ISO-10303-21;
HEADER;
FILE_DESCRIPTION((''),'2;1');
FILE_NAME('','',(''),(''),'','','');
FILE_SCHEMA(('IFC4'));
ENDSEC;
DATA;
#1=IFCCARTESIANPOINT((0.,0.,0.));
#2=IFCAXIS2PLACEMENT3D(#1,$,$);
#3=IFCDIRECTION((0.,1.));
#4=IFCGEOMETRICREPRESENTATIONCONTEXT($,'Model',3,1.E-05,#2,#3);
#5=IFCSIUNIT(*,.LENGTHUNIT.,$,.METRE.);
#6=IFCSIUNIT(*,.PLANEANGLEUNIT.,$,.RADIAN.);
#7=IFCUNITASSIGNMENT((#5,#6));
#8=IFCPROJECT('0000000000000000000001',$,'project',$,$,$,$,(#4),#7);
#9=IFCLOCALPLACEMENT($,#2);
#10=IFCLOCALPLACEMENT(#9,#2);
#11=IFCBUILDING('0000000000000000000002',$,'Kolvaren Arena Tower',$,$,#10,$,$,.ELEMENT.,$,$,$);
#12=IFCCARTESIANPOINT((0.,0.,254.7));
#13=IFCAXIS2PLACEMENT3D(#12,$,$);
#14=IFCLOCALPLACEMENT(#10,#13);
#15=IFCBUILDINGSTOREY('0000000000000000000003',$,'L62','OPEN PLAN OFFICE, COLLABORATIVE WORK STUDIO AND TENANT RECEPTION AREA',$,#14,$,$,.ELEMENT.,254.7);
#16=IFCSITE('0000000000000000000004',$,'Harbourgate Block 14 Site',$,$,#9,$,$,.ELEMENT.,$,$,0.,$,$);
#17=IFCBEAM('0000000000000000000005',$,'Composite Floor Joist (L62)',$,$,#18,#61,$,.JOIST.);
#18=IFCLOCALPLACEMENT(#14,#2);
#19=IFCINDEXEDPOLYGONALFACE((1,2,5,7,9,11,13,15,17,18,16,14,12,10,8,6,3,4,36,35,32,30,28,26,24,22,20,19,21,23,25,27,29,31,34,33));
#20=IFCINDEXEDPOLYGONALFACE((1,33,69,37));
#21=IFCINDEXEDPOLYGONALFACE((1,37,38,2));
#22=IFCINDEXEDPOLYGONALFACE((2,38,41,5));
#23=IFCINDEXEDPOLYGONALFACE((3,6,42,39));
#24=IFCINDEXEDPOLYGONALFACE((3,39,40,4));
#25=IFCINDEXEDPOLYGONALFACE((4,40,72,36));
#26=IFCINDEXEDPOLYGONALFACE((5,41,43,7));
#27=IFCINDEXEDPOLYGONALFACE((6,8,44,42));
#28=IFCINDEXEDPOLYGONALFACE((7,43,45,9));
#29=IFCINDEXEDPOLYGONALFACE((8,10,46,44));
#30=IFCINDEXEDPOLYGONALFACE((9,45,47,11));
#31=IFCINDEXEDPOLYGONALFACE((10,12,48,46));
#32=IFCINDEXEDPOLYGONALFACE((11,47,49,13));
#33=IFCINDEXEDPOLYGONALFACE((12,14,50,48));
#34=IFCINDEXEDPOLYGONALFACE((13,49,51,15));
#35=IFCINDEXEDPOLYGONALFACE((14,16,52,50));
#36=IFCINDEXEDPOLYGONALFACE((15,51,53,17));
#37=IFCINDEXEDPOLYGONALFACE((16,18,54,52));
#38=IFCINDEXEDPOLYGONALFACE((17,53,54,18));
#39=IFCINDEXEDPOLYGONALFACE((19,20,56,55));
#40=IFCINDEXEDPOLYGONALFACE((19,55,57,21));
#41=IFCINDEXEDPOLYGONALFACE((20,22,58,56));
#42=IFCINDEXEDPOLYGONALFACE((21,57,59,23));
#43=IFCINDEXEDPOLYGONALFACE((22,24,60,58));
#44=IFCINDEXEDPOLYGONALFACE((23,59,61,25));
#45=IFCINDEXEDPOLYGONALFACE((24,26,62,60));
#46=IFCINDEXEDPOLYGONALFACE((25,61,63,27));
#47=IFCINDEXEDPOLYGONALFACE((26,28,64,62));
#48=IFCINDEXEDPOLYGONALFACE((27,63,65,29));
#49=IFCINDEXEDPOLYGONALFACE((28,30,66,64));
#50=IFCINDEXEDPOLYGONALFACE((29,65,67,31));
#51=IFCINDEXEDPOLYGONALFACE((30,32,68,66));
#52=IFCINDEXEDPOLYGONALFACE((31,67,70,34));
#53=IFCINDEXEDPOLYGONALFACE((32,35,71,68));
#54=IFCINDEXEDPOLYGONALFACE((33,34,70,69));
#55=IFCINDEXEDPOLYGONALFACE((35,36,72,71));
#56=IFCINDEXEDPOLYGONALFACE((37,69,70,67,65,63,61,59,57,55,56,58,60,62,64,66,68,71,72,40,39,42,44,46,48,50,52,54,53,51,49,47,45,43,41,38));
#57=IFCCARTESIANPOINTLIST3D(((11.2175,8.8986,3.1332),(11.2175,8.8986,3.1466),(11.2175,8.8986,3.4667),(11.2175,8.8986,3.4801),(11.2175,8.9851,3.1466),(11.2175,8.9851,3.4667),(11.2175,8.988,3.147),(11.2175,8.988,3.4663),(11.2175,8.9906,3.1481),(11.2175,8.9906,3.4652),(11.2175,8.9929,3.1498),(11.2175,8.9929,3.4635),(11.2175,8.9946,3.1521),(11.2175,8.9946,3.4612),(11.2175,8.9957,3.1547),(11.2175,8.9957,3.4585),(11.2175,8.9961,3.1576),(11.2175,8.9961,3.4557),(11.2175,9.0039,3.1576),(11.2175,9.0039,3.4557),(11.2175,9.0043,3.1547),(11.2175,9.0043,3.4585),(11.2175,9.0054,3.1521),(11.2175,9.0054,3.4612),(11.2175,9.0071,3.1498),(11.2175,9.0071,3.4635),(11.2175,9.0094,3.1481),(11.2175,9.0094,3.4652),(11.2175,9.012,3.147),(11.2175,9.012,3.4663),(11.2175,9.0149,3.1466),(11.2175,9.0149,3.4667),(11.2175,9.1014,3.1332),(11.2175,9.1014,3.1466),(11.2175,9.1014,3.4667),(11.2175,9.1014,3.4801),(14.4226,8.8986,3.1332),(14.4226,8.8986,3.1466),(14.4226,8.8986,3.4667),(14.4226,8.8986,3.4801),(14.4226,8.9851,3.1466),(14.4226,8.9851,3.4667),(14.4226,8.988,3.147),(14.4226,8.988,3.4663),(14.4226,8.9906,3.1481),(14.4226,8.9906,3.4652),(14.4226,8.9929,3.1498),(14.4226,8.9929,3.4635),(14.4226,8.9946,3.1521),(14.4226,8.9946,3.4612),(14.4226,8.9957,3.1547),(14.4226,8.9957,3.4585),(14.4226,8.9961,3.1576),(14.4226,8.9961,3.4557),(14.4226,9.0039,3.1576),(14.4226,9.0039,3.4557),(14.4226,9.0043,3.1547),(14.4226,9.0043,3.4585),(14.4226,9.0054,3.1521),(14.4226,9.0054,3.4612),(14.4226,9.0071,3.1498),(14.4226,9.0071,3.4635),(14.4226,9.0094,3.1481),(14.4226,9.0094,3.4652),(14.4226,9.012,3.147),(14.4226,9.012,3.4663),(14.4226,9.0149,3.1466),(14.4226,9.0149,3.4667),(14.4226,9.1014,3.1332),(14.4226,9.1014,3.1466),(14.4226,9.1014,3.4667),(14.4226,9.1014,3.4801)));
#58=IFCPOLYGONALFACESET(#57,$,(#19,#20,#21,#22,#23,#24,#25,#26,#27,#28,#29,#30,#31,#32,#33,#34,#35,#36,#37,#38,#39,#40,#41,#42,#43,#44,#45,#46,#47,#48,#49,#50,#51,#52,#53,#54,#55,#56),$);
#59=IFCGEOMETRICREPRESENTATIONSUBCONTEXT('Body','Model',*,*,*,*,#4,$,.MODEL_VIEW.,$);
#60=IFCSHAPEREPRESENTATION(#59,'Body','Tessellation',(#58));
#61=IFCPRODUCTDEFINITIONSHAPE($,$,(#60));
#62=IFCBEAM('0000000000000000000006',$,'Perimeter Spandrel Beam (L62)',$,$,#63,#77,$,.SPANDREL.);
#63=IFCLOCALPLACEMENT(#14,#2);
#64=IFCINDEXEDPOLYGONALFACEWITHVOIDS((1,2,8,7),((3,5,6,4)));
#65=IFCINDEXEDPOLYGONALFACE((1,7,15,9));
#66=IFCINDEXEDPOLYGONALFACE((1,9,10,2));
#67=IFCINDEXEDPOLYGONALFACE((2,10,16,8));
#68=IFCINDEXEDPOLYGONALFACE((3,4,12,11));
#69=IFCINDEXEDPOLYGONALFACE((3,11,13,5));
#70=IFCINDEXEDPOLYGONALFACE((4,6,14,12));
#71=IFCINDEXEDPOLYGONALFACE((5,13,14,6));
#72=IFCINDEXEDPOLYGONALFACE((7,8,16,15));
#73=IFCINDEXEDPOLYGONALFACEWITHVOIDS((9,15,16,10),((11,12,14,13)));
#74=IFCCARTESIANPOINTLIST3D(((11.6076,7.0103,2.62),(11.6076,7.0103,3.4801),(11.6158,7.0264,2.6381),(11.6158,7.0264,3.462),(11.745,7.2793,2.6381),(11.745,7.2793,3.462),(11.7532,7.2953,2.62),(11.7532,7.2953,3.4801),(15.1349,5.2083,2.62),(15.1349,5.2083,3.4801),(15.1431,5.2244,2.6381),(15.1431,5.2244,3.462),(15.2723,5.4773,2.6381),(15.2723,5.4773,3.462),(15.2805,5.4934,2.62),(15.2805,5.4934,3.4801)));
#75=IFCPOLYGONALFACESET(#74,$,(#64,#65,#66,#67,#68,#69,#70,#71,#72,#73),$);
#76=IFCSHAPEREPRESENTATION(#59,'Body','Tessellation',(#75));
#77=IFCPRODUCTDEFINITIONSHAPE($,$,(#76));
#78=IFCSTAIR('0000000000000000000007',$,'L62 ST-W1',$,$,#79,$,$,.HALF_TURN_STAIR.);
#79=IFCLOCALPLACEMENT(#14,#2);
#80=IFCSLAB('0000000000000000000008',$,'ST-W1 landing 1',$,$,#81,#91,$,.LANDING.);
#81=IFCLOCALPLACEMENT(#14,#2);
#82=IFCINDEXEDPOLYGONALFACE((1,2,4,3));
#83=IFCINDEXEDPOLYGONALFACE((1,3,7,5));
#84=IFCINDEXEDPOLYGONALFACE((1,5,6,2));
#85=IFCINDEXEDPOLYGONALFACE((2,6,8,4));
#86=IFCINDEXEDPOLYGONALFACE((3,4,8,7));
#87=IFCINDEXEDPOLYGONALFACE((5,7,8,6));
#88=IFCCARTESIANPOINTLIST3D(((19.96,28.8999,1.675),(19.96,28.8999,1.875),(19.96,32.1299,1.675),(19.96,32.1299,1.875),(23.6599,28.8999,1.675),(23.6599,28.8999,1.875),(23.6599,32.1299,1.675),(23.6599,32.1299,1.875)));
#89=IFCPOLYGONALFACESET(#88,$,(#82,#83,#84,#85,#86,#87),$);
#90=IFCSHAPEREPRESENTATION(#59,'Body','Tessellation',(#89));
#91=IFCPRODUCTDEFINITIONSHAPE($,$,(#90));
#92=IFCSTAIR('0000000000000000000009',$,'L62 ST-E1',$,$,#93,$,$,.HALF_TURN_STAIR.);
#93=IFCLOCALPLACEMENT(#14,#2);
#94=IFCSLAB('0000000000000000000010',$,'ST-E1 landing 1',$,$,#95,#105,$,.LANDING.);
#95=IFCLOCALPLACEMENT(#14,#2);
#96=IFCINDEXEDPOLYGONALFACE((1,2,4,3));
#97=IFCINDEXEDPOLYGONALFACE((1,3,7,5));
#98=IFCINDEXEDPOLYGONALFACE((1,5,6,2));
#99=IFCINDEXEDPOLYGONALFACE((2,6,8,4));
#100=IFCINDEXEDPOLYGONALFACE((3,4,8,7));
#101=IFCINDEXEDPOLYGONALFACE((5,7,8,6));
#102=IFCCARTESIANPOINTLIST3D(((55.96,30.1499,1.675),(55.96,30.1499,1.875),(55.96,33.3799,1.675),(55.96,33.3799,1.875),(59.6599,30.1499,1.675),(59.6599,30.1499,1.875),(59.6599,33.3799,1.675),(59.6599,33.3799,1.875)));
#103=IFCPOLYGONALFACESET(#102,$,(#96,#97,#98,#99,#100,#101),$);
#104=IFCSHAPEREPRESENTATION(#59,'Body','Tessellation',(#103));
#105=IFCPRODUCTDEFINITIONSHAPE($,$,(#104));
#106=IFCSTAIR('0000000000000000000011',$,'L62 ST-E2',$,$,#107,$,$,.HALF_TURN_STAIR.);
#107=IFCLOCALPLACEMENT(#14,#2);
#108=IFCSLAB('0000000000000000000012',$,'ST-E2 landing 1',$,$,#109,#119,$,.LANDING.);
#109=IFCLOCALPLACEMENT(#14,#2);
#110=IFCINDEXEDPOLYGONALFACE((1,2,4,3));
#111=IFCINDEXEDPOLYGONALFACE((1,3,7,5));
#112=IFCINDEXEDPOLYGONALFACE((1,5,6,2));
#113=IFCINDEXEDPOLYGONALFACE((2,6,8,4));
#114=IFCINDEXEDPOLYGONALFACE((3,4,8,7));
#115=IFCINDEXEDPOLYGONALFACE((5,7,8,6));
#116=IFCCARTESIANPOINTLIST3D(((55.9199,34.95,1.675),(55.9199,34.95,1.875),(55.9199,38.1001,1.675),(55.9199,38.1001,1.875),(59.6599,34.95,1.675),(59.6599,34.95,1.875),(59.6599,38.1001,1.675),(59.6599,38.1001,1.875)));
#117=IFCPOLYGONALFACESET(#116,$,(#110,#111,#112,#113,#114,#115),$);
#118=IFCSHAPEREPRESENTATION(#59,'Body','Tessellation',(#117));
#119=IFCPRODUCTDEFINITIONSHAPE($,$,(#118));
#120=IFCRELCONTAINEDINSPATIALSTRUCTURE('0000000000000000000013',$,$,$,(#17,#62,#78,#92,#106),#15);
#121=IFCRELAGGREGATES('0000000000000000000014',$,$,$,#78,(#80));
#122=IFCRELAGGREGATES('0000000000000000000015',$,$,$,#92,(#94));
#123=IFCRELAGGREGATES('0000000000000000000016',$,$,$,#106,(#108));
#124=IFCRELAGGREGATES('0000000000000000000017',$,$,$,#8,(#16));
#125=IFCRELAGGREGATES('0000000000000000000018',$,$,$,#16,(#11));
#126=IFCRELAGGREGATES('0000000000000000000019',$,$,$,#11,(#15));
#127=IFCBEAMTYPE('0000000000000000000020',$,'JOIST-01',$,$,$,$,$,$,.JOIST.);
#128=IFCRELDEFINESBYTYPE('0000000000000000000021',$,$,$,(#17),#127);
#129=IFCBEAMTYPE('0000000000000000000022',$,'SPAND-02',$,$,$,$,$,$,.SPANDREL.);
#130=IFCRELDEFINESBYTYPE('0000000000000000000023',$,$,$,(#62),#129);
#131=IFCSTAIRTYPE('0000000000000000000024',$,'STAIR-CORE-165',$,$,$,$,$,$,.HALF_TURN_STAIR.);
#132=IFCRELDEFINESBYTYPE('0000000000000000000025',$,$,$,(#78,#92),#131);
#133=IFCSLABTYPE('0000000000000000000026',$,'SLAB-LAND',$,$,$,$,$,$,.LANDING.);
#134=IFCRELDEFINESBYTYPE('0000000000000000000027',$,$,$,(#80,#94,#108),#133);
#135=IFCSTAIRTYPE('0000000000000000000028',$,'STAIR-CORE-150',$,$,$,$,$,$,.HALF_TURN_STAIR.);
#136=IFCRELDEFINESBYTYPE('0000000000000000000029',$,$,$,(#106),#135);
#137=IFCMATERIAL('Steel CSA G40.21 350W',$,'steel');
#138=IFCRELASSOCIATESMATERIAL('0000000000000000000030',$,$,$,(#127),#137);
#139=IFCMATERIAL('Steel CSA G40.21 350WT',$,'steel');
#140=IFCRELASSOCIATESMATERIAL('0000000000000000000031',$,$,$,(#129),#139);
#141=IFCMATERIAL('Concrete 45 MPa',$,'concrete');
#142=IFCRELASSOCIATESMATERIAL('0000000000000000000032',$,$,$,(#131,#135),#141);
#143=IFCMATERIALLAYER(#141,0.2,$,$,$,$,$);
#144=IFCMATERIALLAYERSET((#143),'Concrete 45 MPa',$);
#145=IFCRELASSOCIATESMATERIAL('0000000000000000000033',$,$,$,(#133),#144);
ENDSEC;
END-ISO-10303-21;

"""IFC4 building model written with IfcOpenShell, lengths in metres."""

from ifc_helpers import new_model, si_unit, direction, frame, origin, origin_2d, place, context, subcontext, project, spatial, polyline, hollow_rectangle, i_section, outline, extrude, material, layer, layer_set, material_profile, profile_set, type_object, element, aggregate, save


model = new_model("IFC4")

# Units and contexts
model_context = context("Model", 3, precision=1e-05, world=origin(), true_north=direction((0.0, 1.0)))
body_context = subcontext(model_context, "Body", "Model", "MODEL_VIEW")
ifc_project = project(units=[si_unit("LENGTHUNIT", "METRE"), si_unit("PLANEANGLEUNIT", "RADIAN")], contexts=[model_context])

# Site, building, storey
site_placement = place(None, origin())
site = spatial("IfcSite", under=ifc_project, at=site_placement, Name="Harbourgate Block 14 Site", CompositionType="ELEMENT", RefElevation=0.0)
building_placement = place(site_placement, origin())
building = spatial("IfcBuilding", under=site, at=building_placement, Name="Kolvaren Arena Tower", CompositionType="ELEMENT")
storey_placement = place(building_placement, frame((0.0, 0.0, 254.7)))
storey = spatial("IfcBuildingStorey", under=building, at=storey_placement, Name="L62", Description="OPEN PLAN OFFICE, COLLABORATIVE WORK STUDIO AND TENANT RECEPTION AREA", CompositionType="ELEMENT", Elevation=254.7)

# Beams
ifc_material_1 = material(Name="Steel CSA G40.21 350W", Category="steel")
ifc_material_profile_1 = material_profile(ifc_material_1, i_section(OverallWidth=0.2029, OverallDepth=0.3469, WebThickness=0.0078, FlangeThickness=0.0134, FilletRadius=0.011, at=origin_2d()), Name="W360x64")
ifc_profile_set_1 = profile_set([ifc_material_profile_1], Name="Steel CSA G40.21 350W")
beam_type_1 = type_object("IfcBeamType", Name="JOIST-01", PredefinedType="JOIST", material=ifc_profile_set_1)
beam_1_placement = place(storey_placement, frame((11.2175, 9.0, 3.3066), z_axis=(1.0, 0.0, 0.0), x_axis=(0.0, 1.0, 0.0)))
element("IfcBeam", 1, at=beam_1_placement, inside=storey, type_object=beam_type_1, Name="Composite Floor Joist (L62)", PredefinedType="JOIST", context=body_context, shape_type="SweptSolid", body=[
    extrude(i_section(OverallWidth=0.2029, OverallDepth=0.3469, WebThickness=0.0078, FlangeThickness=0.0134, FilletRadius=0.011, at=origin_2d()), origin(), (0.0, 0.0, 1.0), 3.2051),
])
ifc_material_2 = material(Name="Steel CSA G40.21 350WT", Category="steel")
ifc_material_profile_2 = material_profile(ifc_material_2, hollow_rectangle(XDim=0.3201, YDim=0.8601, WallThickness=0.0181, at=origin_2d()), Name="HSS 860x320x18")
ifc_profile_set_2 = profile_set([ifc_material_profile_2], Name="Steel CSA G40.21 350WT")
beam_type_2 = type_object("IfcBeamType", Name="SPAND-02", PredefinedType="SPANDREL", material=ifc_profile_set_2)
beam_2_placement = place(storey_placement, frame((11.6804, 7.1528, 3.05), z_axis=(0.890523, -0.454938, 0.0), x_axis=(0.454938, 0.890523, 0.0)))
element("IfcBeam", 2, at=beam_2_placement, inside=storey, type_object=beam_type_2, Name="Perimeter Spandrel Beam (L62)", PredefinedType="SPANDREL", context=body_context, shape_type="SweptSolid", body=[
    extrude(hollow_rectangle(XDim=0.3201, YDim=0.8601, WallThickness=0.0181, at=origin_2d()), origin(), (0.0, 0.0, 1.0), 3.9609),
])

# Stairs, slabs
ifc_material_3 = material(Name="Concrete 45 MPa", Category="concrete")
stair_type_1 = type_object("IfcStairType", Name="STAIR-CORE-165", PredefinedType="HALF_TURN_STAIR", material=ifc_material_3)
stair_1_placement = place(storey_placement, origin())
stair_1 = element("IfcStair", 3, at=stair_1_placement, inside=storey, type_object=stair_type_1, Name="L62 ST-W1", PredefinedType="HALF_TURN_STAIR")
ifc_layer_1 = layer(ifc_material_3, 0.2)
ifc_layer_set_1 = layer_set([ifc_layer_1], Name="Concrete 45 MPa")
slab_type_1 = type_object("IfcSlabType", Name="SLAB-LAND", PredefinedType="LANDING", material=ifc_layer_set_1)
slab_1_placement = place(storey_placement, frame((0.0, 0.0, 1.675)))
slab_1 = element("IfcSlab", 4, at=slab_1_placement, type_object=slab_type_1, Name="ST-W1 landing 1", PredefinedType="LANDING", context=body_context, shape_type="SweptSolid", body=[
    extrude(outline(polyline([(19.96, 28.8999), (23.6599, 28.8999), (23.6599, 32.1299), (19.96, 32.1299), (19.96, 28.8999)])), origin(), (0.0, 0.0, 1.0), 0.2),
])
aggregate(stair_1, [slab_1])
stair_2_placement = place(storey_placement, origin())
stair_2 = element("IfcStair", 5, at=stair_2_placement, inside=storey, type_object=stair_type_1, Name="L62 ST-E1", PredefinedType="HALF_TURN_STAIR")
slab_2_placement = place(storey_placement, frame((0.0, 0.0, 1.675)))
slab_2 = element("IfcSlab", 6, at=slab_2_placement, type_object=slab_type_1, Name="ST-E1 landing 1", PredefinedType="LANDING", context=body_context, shape_type="SweptSolid", body=[
    extrude(outline(polyline([(55.96, 30.1499), (59.6599, 30.1499), (59.6599, 33.3799), (55.96, 33.3799), (55.96, 30.1499)])), origin(), (0.0, 0.0, 1.0), 0.2),
])
aggregate(stair_2, [slab_2])
stair_type_2 = type_object("IfcStairType", Name="STAIR-CORE-150", PredefinedType="HALF_TURN_STAIR", material=ifc_material_3)
stair_3_placement = place(storey_placement, origin())
stair_3 = element("IfcStair", 7, at=stair_3_placement, inside=storey, type_object=stair_type_2, Name="L62 ST-E2", PredefinedType="HALF_TURN_STAIR")
slab_3_placement = place(storey_placement, frame((0.0, 0.0, 1.675)))
slab_3 = element("IfcSlab", 8, at=slab_3_placement, type_object=slab_type_1, Name="ST-E2 landing 1", PredefinedType="LANDING", context=body_context, shape_type="SweptSolid", body=[
    extrude(outline(polyline([(55.9199, 34.95), (59.6599, 34.95), (59.6599, 38.1001), (55.9199, 38.1001), (55.9199, 34.95)])), origin(), (0.0, 0.0, 1.0), 0.2),
])
aggregate(stair_3, [slab_3])

save(model, "model.ifc")
